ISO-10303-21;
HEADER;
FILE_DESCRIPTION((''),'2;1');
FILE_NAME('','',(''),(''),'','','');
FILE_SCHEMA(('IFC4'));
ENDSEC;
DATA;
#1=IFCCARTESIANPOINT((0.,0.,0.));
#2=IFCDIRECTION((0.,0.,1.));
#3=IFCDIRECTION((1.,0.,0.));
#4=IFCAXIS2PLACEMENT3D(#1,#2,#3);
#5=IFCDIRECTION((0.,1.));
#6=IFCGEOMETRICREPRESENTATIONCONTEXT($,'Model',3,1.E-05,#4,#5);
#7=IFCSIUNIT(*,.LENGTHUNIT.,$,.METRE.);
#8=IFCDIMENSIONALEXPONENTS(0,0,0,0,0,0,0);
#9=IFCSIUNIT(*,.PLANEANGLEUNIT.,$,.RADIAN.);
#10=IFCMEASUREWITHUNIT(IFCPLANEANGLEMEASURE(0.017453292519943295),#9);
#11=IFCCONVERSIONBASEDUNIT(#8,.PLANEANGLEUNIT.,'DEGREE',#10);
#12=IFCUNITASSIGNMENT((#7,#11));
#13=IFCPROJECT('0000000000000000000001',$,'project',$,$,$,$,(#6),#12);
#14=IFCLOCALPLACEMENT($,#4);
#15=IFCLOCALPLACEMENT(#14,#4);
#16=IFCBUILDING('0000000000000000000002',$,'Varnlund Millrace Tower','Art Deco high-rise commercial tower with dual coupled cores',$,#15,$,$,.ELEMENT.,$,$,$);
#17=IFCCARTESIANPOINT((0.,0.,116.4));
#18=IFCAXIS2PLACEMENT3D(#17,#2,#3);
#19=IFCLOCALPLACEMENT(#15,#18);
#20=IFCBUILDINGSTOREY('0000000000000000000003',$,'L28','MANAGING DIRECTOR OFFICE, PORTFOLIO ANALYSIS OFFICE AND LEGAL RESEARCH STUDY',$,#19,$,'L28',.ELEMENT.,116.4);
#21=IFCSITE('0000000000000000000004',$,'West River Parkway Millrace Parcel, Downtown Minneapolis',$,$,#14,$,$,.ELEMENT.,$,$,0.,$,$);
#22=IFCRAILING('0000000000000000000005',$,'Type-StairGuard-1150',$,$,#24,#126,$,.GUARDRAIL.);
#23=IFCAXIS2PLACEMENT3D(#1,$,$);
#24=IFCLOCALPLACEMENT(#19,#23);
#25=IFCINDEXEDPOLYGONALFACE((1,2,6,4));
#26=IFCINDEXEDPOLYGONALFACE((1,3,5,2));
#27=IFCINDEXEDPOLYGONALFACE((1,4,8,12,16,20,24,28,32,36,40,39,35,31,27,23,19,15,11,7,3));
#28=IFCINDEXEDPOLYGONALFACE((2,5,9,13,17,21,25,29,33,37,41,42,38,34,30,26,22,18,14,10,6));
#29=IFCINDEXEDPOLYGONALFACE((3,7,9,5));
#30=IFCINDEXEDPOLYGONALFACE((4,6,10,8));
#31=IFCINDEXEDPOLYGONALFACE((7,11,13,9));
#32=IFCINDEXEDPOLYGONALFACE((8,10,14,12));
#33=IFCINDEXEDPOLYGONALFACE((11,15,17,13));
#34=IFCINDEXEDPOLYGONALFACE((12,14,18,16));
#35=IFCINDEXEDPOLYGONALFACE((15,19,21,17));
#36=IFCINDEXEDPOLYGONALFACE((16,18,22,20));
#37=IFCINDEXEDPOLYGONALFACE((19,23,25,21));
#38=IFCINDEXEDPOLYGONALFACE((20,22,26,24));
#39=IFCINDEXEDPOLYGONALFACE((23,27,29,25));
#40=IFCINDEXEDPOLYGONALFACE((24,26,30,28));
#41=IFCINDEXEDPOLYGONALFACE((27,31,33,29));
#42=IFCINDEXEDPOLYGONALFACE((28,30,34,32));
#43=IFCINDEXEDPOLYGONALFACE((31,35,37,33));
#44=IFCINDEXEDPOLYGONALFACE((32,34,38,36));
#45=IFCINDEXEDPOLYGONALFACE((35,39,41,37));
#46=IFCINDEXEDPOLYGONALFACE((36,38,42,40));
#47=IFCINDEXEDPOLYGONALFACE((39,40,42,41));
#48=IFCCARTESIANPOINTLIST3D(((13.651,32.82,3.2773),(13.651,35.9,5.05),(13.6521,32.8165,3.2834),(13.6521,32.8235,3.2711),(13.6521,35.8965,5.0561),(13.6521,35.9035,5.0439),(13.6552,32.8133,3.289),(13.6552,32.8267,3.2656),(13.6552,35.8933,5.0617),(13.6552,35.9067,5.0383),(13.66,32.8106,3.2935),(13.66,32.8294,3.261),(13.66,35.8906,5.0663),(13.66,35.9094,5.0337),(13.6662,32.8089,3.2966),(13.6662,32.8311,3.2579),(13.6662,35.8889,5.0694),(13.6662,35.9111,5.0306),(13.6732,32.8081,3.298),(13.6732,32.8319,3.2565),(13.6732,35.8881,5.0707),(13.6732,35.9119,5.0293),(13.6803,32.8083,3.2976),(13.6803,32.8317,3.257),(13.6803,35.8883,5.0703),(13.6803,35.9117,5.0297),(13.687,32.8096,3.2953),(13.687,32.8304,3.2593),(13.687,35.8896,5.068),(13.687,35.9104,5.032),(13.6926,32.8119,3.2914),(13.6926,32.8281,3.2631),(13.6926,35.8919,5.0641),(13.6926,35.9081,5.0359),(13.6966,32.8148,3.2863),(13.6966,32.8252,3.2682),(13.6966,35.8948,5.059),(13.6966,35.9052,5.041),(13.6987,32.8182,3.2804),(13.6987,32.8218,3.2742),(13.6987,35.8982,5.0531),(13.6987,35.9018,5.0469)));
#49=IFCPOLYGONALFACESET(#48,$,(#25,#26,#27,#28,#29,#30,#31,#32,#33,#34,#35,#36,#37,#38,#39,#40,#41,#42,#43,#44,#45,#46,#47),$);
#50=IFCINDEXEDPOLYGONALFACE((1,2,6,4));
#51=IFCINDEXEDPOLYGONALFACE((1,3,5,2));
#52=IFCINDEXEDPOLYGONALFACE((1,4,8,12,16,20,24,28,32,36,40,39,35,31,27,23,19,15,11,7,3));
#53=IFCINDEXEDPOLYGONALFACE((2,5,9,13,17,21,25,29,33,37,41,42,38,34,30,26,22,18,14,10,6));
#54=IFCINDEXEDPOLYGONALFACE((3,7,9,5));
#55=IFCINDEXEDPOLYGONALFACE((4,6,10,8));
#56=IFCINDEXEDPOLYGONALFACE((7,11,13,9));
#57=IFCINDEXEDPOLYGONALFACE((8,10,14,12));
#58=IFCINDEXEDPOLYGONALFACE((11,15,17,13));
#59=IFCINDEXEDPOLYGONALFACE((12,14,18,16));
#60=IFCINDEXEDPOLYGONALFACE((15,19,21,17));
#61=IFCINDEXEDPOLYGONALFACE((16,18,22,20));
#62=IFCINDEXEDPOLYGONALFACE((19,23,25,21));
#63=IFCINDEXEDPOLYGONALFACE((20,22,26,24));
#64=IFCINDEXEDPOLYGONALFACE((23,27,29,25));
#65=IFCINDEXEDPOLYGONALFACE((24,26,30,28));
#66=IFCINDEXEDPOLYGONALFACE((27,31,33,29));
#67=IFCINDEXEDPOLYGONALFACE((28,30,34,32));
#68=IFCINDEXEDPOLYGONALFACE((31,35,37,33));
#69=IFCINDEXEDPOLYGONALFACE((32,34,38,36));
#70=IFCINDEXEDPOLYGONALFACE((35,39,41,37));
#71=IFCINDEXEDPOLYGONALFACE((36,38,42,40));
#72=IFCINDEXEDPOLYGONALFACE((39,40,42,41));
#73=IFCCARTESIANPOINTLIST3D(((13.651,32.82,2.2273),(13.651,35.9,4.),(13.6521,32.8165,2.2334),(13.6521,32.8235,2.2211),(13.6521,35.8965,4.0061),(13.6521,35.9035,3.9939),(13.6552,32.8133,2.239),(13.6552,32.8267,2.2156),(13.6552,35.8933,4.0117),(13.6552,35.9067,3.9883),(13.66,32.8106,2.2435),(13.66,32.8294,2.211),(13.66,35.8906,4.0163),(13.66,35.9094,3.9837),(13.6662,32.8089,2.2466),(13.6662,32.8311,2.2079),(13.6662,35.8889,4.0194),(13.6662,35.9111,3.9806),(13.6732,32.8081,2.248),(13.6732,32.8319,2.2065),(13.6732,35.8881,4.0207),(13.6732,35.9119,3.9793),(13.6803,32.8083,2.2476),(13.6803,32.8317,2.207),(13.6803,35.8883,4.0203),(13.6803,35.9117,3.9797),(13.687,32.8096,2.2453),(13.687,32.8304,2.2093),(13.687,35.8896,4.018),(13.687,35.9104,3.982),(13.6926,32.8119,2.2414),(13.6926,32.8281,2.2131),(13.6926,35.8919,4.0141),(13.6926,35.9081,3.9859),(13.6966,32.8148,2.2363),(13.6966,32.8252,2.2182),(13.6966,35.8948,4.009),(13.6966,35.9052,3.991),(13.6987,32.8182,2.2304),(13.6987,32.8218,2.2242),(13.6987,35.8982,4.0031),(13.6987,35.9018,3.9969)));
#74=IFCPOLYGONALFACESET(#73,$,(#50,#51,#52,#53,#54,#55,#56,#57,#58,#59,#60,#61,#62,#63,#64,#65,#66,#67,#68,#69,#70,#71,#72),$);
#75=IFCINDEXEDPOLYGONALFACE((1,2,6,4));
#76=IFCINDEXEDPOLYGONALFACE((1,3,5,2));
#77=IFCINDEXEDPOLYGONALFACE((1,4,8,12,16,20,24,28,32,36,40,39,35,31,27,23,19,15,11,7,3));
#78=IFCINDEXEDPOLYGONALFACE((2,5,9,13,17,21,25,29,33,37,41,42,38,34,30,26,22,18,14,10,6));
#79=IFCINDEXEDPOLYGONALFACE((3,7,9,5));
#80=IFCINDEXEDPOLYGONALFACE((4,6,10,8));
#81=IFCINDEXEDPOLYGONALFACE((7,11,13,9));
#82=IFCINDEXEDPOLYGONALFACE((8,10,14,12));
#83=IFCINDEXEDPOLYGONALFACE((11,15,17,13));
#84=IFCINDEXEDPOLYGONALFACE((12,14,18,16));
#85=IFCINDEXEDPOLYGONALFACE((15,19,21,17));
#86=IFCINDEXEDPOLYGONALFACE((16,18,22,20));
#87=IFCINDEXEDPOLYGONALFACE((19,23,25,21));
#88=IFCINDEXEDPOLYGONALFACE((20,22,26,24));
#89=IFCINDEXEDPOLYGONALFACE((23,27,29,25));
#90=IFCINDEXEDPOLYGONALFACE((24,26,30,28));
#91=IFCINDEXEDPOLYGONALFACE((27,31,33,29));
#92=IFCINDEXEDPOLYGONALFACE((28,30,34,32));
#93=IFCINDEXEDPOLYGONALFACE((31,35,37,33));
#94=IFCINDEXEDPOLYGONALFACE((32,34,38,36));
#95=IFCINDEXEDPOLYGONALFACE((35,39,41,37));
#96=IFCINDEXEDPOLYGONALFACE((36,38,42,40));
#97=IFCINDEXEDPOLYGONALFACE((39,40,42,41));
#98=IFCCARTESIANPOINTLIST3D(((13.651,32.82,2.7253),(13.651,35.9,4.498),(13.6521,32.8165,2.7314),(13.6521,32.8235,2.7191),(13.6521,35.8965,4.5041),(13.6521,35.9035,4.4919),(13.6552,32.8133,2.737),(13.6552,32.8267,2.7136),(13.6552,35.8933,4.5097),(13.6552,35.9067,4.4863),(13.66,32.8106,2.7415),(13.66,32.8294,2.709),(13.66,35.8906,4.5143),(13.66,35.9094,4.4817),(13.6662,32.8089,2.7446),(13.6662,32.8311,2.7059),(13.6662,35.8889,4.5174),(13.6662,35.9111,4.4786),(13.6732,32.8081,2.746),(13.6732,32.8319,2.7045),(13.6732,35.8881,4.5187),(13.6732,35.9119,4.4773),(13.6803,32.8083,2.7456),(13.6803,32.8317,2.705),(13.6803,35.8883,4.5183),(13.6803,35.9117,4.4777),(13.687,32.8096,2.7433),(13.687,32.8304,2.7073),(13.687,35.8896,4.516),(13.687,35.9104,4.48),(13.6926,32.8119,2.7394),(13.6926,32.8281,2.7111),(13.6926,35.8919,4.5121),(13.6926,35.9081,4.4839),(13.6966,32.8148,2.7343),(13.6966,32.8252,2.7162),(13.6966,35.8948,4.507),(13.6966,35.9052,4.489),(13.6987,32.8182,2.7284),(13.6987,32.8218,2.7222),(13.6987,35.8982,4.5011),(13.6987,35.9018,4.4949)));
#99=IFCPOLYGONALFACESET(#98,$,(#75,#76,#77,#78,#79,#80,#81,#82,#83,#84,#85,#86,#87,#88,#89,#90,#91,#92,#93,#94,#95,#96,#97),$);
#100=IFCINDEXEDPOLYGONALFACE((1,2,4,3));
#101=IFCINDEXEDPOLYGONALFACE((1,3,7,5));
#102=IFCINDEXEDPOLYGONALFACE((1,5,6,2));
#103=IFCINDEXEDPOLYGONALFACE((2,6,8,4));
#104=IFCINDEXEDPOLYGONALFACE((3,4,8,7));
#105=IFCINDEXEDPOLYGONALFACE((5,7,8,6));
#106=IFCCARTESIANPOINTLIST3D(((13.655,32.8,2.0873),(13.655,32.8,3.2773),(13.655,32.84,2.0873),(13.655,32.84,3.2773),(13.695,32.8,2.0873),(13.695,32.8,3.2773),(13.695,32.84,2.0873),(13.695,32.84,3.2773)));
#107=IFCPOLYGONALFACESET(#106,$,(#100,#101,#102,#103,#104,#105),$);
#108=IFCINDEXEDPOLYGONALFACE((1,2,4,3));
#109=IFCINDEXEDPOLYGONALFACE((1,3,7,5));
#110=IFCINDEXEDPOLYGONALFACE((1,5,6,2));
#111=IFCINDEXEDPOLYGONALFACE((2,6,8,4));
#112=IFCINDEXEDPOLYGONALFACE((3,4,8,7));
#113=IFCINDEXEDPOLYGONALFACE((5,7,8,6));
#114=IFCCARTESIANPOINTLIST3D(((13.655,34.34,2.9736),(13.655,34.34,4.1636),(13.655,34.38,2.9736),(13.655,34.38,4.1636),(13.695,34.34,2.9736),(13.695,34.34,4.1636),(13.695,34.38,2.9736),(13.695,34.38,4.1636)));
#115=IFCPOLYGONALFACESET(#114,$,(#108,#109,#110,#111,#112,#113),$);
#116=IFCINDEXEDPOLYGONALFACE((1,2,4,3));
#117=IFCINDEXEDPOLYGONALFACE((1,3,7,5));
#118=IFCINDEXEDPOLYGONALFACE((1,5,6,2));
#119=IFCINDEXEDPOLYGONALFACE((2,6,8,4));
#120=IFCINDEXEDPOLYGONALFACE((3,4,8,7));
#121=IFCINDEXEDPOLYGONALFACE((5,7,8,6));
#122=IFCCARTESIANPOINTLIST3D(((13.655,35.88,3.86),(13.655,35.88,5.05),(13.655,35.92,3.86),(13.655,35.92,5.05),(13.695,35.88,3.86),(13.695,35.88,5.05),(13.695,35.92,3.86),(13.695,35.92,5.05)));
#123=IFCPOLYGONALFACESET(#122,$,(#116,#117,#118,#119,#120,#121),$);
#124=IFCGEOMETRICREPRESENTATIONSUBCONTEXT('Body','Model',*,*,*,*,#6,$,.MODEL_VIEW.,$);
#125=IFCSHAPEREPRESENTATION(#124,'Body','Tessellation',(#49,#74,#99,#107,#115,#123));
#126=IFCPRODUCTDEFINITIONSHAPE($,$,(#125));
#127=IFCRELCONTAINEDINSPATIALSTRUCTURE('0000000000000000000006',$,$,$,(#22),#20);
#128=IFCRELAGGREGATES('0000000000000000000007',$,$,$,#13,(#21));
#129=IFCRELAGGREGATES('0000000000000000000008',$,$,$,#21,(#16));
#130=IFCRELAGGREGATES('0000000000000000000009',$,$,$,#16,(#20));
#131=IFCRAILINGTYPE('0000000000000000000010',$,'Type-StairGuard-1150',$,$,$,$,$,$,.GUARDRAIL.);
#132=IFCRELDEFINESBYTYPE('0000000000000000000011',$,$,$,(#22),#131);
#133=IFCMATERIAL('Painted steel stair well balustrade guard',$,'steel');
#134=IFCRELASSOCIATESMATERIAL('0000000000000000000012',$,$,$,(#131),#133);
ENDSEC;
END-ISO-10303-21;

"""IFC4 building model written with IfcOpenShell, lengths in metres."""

from ifc_helpers import new_model, entity, si_unit, converted_unit, direction, frame, origin_with_axes, origin_2d_with_axis, place, context, subcontext, project, spatial, rectangle, circle, extrude, material, type_object, element, save


model = new_model("IFC4")

# Units and contexts
model_context = context("Model", 3, precision=1e-05, world=origin_with_axes(), true_north=direction((0.0, 1.0)))
body_context = subcontext(model_context, "Body", "Model", "MODEL_VIEW")
ifc_project = project(units=[si_unit("LENGTHUNIT", "METRE"), converted_unit("PLANEANGLEUNIT", "DEGREE", entity("IfcPlaneAngleMeasure", 0.017453292519943295), si_unit("PLANEANGLEUNIT", "RADIAN"), dimensions=[0, 0, 0, 0, 0, 0, 0])], contexts=[model_context])

# Site, building, storey
site_placement = place(None, origin_with_axes())
site = spatial("IfcSite", under=ifc_project, at=site_placement, Name="West River Parkway Millrace Parcel, Downtown Minneapolis", CompositionType="ELEMENT", RefElevation=0.0)
building_placement = place(site_placement, origin_with_axes())
building = spatial("IfcBuilding", under=site, at=building_placement, Name="Varnlund Millrace Tower", Description="Art Deco high-rise commercial tower with dual coupled cores", CompositionType="ELEMENT")
storey_placement = place(building_placement, frame((0.0, 0.0, 116.4), z_axis=(0.0, 0.0, 1.0), x_axis=(1.0, 0.0, 0.0)))
storey = spatial("IfcBuildingStorey", under=building, at=storey_placement, Name="L28", Description="MANAGING DIRECTOR OFFICE, PORTFOLIO ANALYSIS OFFICE AND LEGAL RESEARCH STUDY", LongName="L28", CompositionType="ELEMENT", Elevation=116.4)

# Railing
ifc_material_1 = material(Name="Painted steel stair well balustrade guard", Category="steel")
railing_type_1 = type_object("IfcRailingType", Name="Type-StairGuard-1150", PredefinedType="GUARDRAIL", material=ifc_material_1)
railing_1_placement = place(storey_placement, frame((0.0, 0.0, -116.4), z_axis=(0.0, 0.0, 1.0), x_axis=(1.0, 0.0, 0.0)))
element("IfcRailing", 1, at=railing_1_placement, inside=storey, type_object=railing_type_1, Name="Type-StairGuard-1150", PredefinedType="GUARDRAIL", context=body_context, shape_type="SweptSolid", body=[
    extrude(circle(Radius=0.024, at=origin_2d_with_axis()), frame((13.675, 32.82, 119.6773), z_axis=(0.0, 0.866696, 0.498836), x_axis=(-1.0, 0.0, 0.0)), (0.0, 0.0, 1.0), 3.5537),
    extrude(circle(Radius=0.024, at=origin_2d_with_axis()), frame((13.675, 32.82, 118.6273), z_axis=(0.0, 0.866696, 0.498836), x_axis=(-1.0, 0.0, 0.0)), (0.0, 0.0, 1.0), 3.5537),
    extrude(circle(Radius=0.024, at=origin_2d_with_axis()), frame((13.675, 32.82, 119.1253), z_axis=(0.0, 0.866696, 0.498836), x_axis=(-1.0, 0.0, 0.0)), (0.0, 0.0, 1.0), 3.5537),
    extrude(rectangle(XDim=0.04, YDim=0.04, at=origin_2d_with_axis()), frame((13.675, 32.82, 118.4873), z_axis=(0.0, 0.0, 1.0), x_axis=(1.0, 0.0, 0.0)), (0.0, 0.0, 1.0), 1.19),
    extrude(rectangle(XDim=0.04, YDim=0.04, at=origin_2d_with_axis()), frame((13.675, 34.36, 119.3736), z_axis=(0.0, 0.0, 1.0), x_axis=(1.0, 0.0, 0.0)), (0.0, 0.0, 1.0), 1.19),
    extrude(rectangle(XDim=0.04, YDim=0.04, at=origin_2d_with_axis()), frame((13.675, 35.9, 120.26), z_axis=(0.0, 0.0, 1.0), x_axis=(1.0, 0.0, 0.0)), (0.0, 0.0, 1.0), 1.19),
])

save(model, "model.ifc")
